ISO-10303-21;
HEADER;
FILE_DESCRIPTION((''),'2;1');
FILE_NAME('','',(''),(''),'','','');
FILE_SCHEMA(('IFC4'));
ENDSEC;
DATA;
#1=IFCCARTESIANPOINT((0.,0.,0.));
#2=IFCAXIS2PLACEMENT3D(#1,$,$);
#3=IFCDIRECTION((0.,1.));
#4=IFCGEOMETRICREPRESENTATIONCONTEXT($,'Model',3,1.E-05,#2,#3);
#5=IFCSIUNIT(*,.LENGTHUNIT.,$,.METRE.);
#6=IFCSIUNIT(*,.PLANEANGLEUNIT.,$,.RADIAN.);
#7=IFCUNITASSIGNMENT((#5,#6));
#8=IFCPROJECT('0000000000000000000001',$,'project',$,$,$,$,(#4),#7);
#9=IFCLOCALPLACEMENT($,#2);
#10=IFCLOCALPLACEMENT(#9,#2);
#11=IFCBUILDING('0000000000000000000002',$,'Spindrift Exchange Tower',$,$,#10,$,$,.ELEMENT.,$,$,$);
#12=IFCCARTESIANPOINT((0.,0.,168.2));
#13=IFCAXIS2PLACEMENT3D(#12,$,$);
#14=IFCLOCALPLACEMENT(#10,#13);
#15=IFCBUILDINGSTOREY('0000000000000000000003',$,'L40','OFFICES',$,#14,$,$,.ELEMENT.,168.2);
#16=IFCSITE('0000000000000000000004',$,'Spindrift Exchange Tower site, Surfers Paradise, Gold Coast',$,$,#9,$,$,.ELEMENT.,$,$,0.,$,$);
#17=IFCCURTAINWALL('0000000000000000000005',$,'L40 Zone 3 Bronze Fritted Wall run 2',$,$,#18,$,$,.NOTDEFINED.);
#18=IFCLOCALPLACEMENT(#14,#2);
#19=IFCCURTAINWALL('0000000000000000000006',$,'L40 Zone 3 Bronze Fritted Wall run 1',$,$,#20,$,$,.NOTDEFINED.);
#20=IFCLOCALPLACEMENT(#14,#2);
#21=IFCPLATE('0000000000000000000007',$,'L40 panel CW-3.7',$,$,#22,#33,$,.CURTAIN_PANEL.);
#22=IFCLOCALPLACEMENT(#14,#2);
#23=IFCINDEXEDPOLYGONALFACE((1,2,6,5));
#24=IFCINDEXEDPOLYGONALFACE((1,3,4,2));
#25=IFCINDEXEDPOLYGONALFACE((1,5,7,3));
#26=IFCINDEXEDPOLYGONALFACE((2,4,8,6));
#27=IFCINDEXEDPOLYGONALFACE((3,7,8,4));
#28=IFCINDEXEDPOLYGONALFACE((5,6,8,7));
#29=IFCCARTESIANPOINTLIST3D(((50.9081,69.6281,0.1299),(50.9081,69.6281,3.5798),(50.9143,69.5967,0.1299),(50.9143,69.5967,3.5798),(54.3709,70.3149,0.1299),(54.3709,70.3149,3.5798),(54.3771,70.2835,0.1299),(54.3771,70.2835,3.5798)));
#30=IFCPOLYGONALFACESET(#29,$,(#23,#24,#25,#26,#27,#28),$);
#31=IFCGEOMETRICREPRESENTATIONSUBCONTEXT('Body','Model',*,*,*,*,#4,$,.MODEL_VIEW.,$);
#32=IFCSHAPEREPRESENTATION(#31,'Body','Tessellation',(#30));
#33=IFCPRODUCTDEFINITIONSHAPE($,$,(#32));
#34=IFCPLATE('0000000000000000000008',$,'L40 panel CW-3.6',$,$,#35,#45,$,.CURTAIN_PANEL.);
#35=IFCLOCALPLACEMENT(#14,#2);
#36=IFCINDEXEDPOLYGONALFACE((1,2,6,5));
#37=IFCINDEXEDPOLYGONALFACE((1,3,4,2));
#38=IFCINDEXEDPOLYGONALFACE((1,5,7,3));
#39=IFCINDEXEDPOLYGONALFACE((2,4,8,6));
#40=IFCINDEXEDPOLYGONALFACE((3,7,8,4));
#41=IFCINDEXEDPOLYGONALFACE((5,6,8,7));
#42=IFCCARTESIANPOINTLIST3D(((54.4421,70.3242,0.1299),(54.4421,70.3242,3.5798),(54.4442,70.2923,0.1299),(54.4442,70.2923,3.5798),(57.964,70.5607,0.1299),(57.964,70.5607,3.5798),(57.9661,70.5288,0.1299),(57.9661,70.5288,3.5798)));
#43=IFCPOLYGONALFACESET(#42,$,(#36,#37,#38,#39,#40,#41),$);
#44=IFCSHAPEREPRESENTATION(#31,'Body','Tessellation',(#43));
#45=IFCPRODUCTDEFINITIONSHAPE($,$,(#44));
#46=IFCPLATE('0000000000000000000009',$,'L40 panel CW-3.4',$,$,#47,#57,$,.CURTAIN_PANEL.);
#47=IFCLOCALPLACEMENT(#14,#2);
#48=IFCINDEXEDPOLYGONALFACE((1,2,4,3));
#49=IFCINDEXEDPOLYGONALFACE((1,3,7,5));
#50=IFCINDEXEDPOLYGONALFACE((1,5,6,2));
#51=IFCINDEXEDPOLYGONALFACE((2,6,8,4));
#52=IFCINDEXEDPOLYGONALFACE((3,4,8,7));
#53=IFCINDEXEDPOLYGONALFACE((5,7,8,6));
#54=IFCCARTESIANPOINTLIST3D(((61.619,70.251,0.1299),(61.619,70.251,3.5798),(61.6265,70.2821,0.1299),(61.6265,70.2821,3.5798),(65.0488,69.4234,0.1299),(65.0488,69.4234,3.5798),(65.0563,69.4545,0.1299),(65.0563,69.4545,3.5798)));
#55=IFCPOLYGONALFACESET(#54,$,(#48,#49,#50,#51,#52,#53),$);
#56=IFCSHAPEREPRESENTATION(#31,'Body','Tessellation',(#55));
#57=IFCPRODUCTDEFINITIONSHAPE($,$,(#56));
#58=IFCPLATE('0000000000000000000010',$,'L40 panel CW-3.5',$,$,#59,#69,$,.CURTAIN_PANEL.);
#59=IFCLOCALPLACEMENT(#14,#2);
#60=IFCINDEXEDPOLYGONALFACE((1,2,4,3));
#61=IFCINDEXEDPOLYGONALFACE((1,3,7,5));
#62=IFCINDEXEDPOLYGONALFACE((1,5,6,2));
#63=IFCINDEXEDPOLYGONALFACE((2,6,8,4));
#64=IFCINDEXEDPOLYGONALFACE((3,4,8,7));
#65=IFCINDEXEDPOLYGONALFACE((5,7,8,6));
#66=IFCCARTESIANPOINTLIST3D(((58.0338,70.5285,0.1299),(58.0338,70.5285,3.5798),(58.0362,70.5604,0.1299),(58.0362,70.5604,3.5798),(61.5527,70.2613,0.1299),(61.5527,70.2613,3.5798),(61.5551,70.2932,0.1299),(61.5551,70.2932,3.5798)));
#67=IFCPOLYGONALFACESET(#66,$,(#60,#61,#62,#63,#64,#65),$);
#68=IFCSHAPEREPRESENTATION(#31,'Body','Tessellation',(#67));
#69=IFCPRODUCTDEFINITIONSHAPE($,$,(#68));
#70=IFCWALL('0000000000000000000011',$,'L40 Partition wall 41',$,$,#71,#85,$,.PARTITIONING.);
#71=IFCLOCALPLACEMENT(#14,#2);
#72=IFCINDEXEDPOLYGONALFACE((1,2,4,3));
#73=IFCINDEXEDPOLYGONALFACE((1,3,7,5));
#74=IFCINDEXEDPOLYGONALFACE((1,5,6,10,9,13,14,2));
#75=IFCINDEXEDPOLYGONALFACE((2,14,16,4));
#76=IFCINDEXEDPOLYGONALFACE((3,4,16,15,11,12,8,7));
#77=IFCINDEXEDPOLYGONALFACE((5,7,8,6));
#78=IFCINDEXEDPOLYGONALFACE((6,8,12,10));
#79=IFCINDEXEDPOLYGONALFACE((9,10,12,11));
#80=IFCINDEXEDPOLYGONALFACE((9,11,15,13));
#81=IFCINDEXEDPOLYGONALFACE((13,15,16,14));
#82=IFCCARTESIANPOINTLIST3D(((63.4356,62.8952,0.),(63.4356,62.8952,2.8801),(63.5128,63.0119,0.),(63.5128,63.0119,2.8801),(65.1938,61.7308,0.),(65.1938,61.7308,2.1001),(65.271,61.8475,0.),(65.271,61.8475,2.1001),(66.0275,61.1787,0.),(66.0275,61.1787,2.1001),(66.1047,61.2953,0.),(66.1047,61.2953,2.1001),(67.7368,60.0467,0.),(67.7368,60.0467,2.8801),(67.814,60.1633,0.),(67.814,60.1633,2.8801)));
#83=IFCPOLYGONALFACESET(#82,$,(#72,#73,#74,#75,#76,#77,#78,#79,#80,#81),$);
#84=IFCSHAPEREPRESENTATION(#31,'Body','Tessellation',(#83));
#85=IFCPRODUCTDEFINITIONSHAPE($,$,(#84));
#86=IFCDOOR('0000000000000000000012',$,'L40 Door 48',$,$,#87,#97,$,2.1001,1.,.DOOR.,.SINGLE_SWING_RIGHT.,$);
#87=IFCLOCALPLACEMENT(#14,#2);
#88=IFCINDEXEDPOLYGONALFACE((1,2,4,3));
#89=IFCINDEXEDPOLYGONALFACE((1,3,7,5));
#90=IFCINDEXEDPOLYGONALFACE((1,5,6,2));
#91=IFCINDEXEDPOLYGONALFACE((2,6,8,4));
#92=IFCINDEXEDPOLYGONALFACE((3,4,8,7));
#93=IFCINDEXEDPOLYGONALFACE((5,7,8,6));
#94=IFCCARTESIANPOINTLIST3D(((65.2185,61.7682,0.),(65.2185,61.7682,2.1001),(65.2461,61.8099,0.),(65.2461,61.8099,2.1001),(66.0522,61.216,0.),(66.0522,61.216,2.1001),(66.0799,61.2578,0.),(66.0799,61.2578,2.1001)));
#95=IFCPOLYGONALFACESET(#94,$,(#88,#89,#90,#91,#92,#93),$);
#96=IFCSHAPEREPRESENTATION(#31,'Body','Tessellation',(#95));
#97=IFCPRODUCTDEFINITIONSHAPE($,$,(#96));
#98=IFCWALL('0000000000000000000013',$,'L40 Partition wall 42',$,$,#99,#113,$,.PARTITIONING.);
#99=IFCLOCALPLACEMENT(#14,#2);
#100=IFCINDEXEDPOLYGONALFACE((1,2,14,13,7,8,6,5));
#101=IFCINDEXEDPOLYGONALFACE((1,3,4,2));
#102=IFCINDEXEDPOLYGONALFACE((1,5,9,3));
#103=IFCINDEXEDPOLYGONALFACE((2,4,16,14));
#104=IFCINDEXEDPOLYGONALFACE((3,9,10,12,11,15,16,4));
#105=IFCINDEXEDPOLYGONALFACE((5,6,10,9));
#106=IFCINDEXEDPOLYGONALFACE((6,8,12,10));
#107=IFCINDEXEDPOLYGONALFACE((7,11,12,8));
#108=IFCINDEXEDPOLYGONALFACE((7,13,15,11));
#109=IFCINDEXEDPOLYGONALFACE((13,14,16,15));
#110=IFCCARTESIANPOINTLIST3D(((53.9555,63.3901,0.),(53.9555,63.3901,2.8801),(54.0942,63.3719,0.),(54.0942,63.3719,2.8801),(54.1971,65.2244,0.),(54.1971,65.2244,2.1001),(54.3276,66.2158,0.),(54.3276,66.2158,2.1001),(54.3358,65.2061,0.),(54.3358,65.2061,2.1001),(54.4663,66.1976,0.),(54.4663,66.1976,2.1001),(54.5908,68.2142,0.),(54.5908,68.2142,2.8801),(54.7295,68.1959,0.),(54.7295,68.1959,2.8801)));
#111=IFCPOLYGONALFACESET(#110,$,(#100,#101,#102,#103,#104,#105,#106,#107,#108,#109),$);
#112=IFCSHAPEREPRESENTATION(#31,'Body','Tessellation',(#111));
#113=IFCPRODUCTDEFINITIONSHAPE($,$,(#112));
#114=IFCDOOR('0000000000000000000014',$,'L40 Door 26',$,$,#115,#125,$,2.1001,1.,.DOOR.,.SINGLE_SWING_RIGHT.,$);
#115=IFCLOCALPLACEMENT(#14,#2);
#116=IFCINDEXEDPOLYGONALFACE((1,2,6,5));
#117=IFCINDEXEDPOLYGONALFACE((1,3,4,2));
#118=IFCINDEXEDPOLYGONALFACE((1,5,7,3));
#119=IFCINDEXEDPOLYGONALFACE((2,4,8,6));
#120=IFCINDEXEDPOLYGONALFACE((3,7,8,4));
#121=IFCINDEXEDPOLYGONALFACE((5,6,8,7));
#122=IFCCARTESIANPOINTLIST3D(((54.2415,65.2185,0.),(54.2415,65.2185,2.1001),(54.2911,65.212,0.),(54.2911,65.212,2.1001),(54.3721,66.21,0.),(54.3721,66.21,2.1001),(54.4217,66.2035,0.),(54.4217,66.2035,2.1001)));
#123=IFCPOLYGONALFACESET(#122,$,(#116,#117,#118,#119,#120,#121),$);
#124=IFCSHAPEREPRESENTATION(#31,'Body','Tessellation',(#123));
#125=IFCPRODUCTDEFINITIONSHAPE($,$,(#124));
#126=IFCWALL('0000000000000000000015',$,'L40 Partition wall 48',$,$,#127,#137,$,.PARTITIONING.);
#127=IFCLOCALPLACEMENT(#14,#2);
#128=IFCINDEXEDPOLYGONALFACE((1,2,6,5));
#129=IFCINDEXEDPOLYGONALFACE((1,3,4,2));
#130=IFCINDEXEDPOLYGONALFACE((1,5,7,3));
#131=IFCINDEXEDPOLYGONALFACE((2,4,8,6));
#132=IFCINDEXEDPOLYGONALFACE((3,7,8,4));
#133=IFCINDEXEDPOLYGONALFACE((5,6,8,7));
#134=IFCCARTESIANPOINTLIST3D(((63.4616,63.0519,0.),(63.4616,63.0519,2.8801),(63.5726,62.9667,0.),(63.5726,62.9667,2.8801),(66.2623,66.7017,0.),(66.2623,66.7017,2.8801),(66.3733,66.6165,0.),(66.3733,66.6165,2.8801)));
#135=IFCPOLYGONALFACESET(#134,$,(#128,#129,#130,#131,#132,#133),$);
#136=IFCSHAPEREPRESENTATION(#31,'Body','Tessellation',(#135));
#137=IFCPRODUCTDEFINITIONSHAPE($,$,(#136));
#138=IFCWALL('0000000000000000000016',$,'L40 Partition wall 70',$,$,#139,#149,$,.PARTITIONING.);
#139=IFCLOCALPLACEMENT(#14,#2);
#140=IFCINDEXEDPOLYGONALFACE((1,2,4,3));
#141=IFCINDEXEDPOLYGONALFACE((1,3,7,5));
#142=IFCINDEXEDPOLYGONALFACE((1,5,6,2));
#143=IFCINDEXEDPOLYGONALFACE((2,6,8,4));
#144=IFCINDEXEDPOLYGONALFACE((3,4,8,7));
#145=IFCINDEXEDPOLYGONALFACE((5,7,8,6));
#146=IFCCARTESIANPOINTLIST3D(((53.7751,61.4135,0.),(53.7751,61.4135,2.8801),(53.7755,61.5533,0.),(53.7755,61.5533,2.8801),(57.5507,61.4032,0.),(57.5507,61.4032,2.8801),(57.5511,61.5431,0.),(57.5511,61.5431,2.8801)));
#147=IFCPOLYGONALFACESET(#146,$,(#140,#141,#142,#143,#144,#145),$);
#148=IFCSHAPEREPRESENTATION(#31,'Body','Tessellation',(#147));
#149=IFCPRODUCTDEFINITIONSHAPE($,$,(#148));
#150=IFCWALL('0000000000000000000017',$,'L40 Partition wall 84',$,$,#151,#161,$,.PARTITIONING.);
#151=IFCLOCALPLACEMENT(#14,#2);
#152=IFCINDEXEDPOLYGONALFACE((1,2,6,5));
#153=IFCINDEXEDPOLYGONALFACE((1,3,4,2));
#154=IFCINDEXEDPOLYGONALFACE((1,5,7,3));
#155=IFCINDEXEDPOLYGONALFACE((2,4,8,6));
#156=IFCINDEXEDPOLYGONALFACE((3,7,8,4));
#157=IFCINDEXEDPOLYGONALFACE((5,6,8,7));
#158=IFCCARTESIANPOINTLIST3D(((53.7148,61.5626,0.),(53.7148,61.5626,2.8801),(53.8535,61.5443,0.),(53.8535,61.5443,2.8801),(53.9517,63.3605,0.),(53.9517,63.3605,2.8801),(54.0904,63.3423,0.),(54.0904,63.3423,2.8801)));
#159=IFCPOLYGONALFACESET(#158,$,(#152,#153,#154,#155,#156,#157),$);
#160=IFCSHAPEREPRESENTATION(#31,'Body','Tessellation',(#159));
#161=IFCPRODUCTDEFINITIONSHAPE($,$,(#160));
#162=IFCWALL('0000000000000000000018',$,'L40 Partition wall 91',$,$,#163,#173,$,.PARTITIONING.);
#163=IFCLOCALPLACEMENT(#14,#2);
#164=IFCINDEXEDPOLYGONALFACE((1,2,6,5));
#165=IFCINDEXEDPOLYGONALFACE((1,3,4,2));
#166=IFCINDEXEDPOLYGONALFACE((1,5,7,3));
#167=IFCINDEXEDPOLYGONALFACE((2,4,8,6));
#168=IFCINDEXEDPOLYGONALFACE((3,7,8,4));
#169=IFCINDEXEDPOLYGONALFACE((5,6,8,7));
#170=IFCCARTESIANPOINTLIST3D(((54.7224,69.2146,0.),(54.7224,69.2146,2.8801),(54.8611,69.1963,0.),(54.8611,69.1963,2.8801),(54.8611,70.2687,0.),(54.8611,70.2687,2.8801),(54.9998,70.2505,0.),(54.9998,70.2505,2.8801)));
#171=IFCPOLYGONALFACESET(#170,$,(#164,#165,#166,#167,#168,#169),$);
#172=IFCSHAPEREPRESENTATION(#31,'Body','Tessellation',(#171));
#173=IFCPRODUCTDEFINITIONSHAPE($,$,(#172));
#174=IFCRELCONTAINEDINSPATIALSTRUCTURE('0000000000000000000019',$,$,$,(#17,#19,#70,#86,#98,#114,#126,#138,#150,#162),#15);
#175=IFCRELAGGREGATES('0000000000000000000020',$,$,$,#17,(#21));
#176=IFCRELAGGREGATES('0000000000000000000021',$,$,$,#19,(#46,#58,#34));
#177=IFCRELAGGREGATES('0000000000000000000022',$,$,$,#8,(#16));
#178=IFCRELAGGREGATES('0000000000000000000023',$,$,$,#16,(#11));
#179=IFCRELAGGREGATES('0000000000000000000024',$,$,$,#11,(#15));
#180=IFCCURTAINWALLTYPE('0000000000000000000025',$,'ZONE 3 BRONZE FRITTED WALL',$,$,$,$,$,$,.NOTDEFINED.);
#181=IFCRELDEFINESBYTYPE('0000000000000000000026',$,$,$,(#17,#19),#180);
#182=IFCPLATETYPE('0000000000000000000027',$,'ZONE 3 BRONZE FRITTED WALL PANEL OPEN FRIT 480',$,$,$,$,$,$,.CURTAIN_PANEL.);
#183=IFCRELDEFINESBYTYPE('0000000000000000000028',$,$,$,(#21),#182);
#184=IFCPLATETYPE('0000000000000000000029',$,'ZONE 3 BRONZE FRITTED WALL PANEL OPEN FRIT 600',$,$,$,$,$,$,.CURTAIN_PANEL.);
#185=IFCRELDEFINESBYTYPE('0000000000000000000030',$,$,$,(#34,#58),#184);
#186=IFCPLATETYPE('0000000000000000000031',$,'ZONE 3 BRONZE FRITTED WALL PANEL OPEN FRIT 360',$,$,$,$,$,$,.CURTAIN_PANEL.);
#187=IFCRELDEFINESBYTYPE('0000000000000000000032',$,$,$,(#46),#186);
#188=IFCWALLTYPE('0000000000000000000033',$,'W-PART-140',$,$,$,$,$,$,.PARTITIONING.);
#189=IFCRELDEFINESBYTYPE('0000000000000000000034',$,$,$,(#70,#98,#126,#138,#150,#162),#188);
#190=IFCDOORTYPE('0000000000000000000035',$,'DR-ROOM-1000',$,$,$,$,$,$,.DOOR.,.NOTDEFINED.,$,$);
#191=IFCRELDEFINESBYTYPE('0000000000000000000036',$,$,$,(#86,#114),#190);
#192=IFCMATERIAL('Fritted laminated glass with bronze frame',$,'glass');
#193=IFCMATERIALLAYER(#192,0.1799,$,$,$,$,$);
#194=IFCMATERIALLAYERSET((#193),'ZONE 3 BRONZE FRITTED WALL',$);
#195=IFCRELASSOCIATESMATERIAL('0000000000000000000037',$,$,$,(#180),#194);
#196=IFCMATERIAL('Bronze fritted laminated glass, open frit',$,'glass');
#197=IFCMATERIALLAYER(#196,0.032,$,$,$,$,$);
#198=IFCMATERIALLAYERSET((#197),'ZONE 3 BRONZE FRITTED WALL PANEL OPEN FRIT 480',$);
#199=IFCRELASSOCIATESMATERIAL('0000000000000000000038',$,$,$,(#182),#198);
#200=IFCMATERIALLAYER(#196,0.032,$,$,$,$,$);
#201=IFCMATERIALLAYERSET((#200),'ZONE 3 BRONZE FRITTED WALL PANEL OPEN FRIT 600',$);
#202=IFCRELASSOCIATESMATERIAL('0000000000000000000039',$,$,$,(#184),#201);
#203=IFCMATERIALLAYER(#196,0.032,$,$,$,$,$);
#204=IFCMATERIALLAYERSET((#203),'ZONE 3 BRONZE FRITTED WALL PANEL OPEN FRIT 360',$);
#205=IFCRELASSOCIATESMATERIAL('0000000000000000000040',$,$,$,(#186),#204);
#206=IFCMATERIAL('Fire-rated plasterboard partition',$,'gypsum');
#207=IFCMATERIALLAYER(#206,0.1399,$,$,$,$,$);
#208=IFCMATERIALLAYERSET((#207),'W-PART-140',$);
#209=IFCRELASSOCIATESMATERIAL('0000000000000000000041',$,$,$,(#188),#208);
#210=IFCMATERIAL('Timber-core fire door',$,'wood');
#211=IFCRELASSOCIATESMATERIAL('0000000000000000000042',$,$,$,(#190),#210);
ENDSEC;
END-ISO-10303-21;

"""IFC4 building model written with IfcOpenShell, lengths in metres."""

from ifc_helpers import new_model, si_unit, direction, frame, frame_2d, origin, origin_2d, place, context, subcontext, project, spatial, rectangle, extrude, source, transform, mapped, material, layer, layer_set, type_object, element, fill, aggregate, save


model = new_model("IFC4")

# Units and contexts
model_context = context("Model", 3, precision=1e-05, world=origin(), true_north=direction((0.0, 1.0)))
body_context = subcontext(model_context, "Body", "Model", "MODEL_VIEW")
ifc_project = project(units=[si_unit("LENGTHUNIT", "METRE"), si_unit("PLANEANGLEUNIT", "RADIAN")], contexts=[model_context])

# Site, building, storey
site_placement = place(None, origin())
site = spatial("IfcSite", under=ifc_project, at=site_placement, Name="Spindrift Exchange Tower site, Surfers Paradise, Gold Coast", CompositionType="ELEMENT", RefElevation=0.0)
building_placement = place(site_placement, origin())
building = spatial("IfcBuilding", under=site, at=building_placement, Name="Spindrift Exchange Tower", CompositionType="ELEMENT")
storey_placement = place(building_placement, frame((0.0, 0.0, 168.2)))
storey = spatial("IfcBuildingStorey", under=building, at=storey_placement, Name="L40", Description="OFFICES", CompositionType="ELEMENT", Elevation=168.2)

# Curtain wall
ifc_material_1 = material(Name="Fritted laminated glass with bronze frame", Category="glass")
ifc_layer_1 = layer(ifc_material_1, 0.1799)
ifc_layer_set_1 = layer_set([ifc_layer_1], Name="ZONE 3 BRONZE FRITTED WALL")
curtain_wall_type = type_object("IfcCurtainWallType", Name="ZONE 3 BRONZE FRITTED WALL", PredefinedType="NOTDEFINED", material=ifc_layer_set_1)
curtain_wall_1_placement = place(storey_placement, origin())
curtain_wall_1 = element("IfcCurtainWall", 1, at=curtain_wall_1_placement, inside=storey, type_object=curtain_wall_type, Name="L40 Zone 3 Bronze Fritted Wall run 2", PredefinedType="NOTDEFINED")

# Curtain wall
curtain_wall_2_placement = place(storey_placement, origin())
curtain_wall_2 = element("IfcCurtainWall", 2, at=curtain_wall_2_placement, inside=storey, type_object=curtain_wall_type, Name="L40 Zone 3 Bronze Fritted Wall run 1", PredefinedType="NOTDEFINED")

# Plates
ifc_material_2 = material(Name="Bronze fritted laminated glass, open frit", Category="glass")
ifc_layer_2 = layer(ifc_material_2, 0.032)
ifc_layer_set_2 = layer_set([ifc_layer_2], Name="ZONE 3 BRONZE FRITTED WALL PANEL OPEN FRIT 480")
plate_type_1 = type_object("IfcPlateType", Name="ZONE 3 BRONZE FRITTED WALL PANEL OPEN FRIT 480", PredefinedType="CURTAIN_PANEL", material=ifc_layer_set_2)
shared_shape_1 = source(origin(), body_context, "Body", "SweptSolid", [
    extrude(rectangle(XDim=3.5303, YDim=0.032, at=origin_2d()), origin(), (0.0, 0.0, 1.0), 3.45),
])
plate_1_placement = place(storey_placement, frame((52.6426, 69.9558, 0.1299), z_axis=(0.0, 0.0, 1.0), x_axis=(-0.980894, -0.194541, 0.0)))
plate_1 = element("IfcPlate", 3, at=plate_1_placement, type_object=plate_type_1, Name="L40 panel CW-3.7", PredefinedType="CURTAIN_PANEL", context=body_context, shape_type="MappedRepresentation", body=[
    mapped(shared_shape_1, transform((0.0, 0.0, 0.0), scale=1.0)),
])
aggregate(curtain_wall_1, [plate_1])
ifc_layer_3 = layer(ifc_material_2, 0.032)
ifc_layer_set_3 = layer_set([ifc_layer_3], Name="ZONE 3 BRONZE FRITTED WALL PANEL OPEN FRIT 600")
plate_type_2 = type_object("IfcPlateType", Name="ZONE 3 BRONZE FRITTED WALL PANEL OPEN FRIT 600", PredefinedType="CURTAIN_PANEL", material=ifc_layer_set_3)
shared_shape_2 = source(origin(), body_context, "Body", "SweptSolid", [
    extrude(rectangle(XDim=3.5298, YDim=0.032, at=origin_2d()), origin(), (0.0, 0.0, 1.0), 3.45),
])
plate_2_placement = place(storey_placement, frame((56.2041, 70.4265, 0.1299), z_axis=(0.0, 0.0, 1.0), x_axis=(-0.997753, -0.067002, 0.0)))
plate_2 = element("IfcPlate", 4, at=plate_2_placement, type_object=plate_type_2, Name="L40 panel CW-3.6", PredefinedType="CURTAIN_PANEL", context=body_context, shape_type="MappedRepresentation", body=[
    mapped(shared_shape_2, transform((0.0, 0.0, 0.0), scale=1.0)),
])
ifc_layer_4 = layer(ifc_material_2, 0.032)
ifc_layer_set_4 = layer_set([ifc_layer_4], Name="ZONE 3 BRONZE FRITTED WALL PANEL OPEN FRIT 360")
plate_type_3 = type_object("IfcPlateType", Name="ZONE 3 BRONZE FRITTED WALL PANEL OPEN FRIT 360", PredefinedType="CURTAIN_PANEL", material=ifc_layer_set_4)
shared_shape_3 = source(origin(), body_context, "Body", "SweptSolid", [
    extrude(rectangle(XDim=3.5283, YDim=0.032, at=origin_2d()), origin(), (0.0, 0.0, 1.0), 3.45),
])
plate_3_placement = place(storey_placement, frame((63.3376, 69.8528, 0.1299), z_axis=(0.0, 0.0, 1.0), x_axis=(-0.972101, 0.234562, 0.0)))
plate_3 = element("IfcPlate", 5, at=plate_3_placement, type_object=plate_type_3, Name="L40 panel CW-3.4", PredefinedType="CURTAIN_PANEL", context=body_context, shape_type="MappedRepresentation", body=[
    mapped(shared_shape_3, transform((0.0, 0.0, 0.0), scale=1.0)),
])
shared_shape_4 = source(origin(), body_context, "Body", "SweptSolid", [
    extrude(rectangle(XDim=3.5291, YDim=0.032, at=origin_2d()), origin(), (0.0, 0.0, 1.0), 3.45),
])
plate_4_placement = place(storey_placement, frame((59.7944, 70.4109, 0.1299), z_axis=(0.0, 0.0, 1.0), x_axis=(-0.99713, 0.075715, 0.0)))
plate_4 = element("IfcPlate", 6, at=plate_4_placement, type_object=plate_type_2, Name="L40 panel CW-3.5", PredefinedType="CURTAIN_PANEL", context=body_context, shape_type="MappedRepresentation", body=[
    mapped(shared_shape_4, transform((0.0, 0.0, 0.0), scale=1.0)),
])
aggregate(curtain_wall_2, [plate_3, plate_4, plate_2])

# Walls, openings, doors
ifc_material_3 = material(Name="Fire-rated plasterboard partition", Category="gypsum")
ifc_layer_5 = layer(ifc_material_3, 0.1399)
ifc_layer_set_5 = layer_set([ifc_layer_5], Name="W-PART-140")
wall_type = type_object("IfcWallType", Name="W-PART-140", PredefinedType="PARTITIONING", material=ifc_layer_set_5)
wall_1_placement = place(storey_placement, frame((63.4741, 62.9536, 0.0), z_axis=(0.0, 0.0, 1.0), x_axis=(0.833736, -0.552164, 0.0)))
wall_1 = element("IfcWall", 7, at=wall_1_placement, inside=storey, type_object=wall_type, Name="L40 Partition wall 41", PredefinedType="PARTITIONING", context=body_context, shape_type="SweptSolid", body=[
    extrude(rectangle(XDim=5.1589, YDim=0.1399, at=frame_2d((2.5796, 0.0))), origin(), (0.0, 0.0, 1.0), 2.8801),
])
opening_1_placement = place(wall_1_placement, frame((2.1089, 0.0, 0.0)))
opening_1 = element("IfcOpeningElement", 8, at=opening_1_placement, cuts=wall_1, PredefinedType="OPENING", context=body_context, shape_type="SweptSolid", body=[
    extrude(rectangle(XDim=1.0, YDim=2.1001, at=frame_2d((0.5, 1.05))), frame((0.0, 0.0798, 0.0), z_axis=(0.0, -1.0, 0.0), x_axis=(1.0, 0.0, 0.0)), (0.0, 0.0, 1.0), 0.1599),
])
ifc_material_4 = material(Name="Timber-core fire door", Category="wood")
door_type = type_object("IfcDoorType", Name="DR-ROOM-1000", OperationType="NOTDEFINED", PredefinedType="DOOR", material=ifc_material_4)
shared_shape_5 = source(origin(), body_context, "Body", "SweptSolid", [
    extrude(rectangle(XDim=1.0, YDim=2.1001, at=frame_2d((0.5, 1.05))), frame((0.0, 0.0249, 0.0), z_axis=(0.0, -1.0, 0.0), x_axis=(1.0, 0.0, 0.0)), (0.0, 0.0, 1.0), 0.05),
])
door_1_placement = place(opening_1_placement, origin())
door_1 = element("IfcDoor", 9, at=door_1_placement, inside=storey, type_object=door_type, Name="L40 Door 48", OperationType="SINGLE_SWING_RIGHT", OverallHeight=2.1001, OverallWidth=1.0, PredefinedType="DOOR", context=body_context, shape_type="MappedRepresentation", body=[
    mapped(shared_shape_5, transform((0.0, 0.0, 0.0), scale=1.0)),
])
fill(opening_1, door_1)
wall_2_placement = place(storey_placement, frame((54.6602, 68.2051, 0.0), z_axis=(0.0, 0.0, 1.0), x_axis=(-0.13056, -0.99144, 0.0)))
wall_2 = element("IfcWall", 10, at=wall_2_placement, inside=storey, type_object=wall_type, Name="L40 Partition wall 42", PredefinedType="PARTITIONING", context=body_context, shape_type="SweptSolid", body=[
    extrude(rectangle(XDim=4.8657, YDim=0.1399, at=frame_2d((2.4329, 0.0))), origin(), (0.0, 0.0, 1.0), 2.8801),
])
opening_2_placement = place(wall_2_placement, frame((2.0156, 0.0, 0.0)))
opening_2 = element("IfcOpeningElement", 11, at=opening_2_placement, cuts=wall_2, PredefinedType="OPENING", context=body_context, shape_type="SweptSolid", body=[
    extrude(rectangle(XDim=1.0, YDim=2.1001, at=frame_2d((0.5, 1.05))), frame((0.0, 0.0798, 0.0), z_axis=(0.0, -1.0, 0.0), x_axis=(1.0, 0.0, 0.0)), (0.0, 0.0, 1.0), 0.1599),
])
door_2_placement = place(opening_2_placement, origin())
door_2 = element("IfcDoor", 12, at=door_2_placement, inside=storey, type_object=door_type, Name="L40 Door 26", OperationType="SINGLE_SWING_RIGHT", OverallHeight=2.1001, OverallWidth=1.0, PredefinedType="DOOR", context=body_context, shape_type="MappedRepresentation", body=[
    mapped(shared_shape_5, transform((0.0, 0.0, 0.0), scale=1.0)),
])
fill(opening_2, door_2)

# Walls
wall_3_placement = place(storey_placement, frame((63.5171, 63.0093, 0.0), z_axis=(0.0, 0.0, 1.0), x_axis=(0.608777, 0.793342, 0.0)))
element("IfcWall", 13, at=wall_3_placement, inside=storey, type_object=wall_type, Name="L40 Partition wall 48", PredefinedType="PARTITIONING", context=body_context, shape_type="SweptSolid", body=[
    extrude(rectangle(XDim=4.6006, YDim=0.1399, at=frame_2d((2.3003, 0.0))), origin(), (0.0, 0.0, 1.0), 2.8801),
])
wall_4_placement = place(storey_placement, frame((57.5508, 61.4731, 0.0), z_axis=(0.0, 0.0, 1.0), x_axis=(-0.999996, 0.002716, 0.0)))
element("IfcWall", 14, at=wall_4_placement, inside=storey, type_object=wall_type, Name="L40 Partition wall 70", PredefinedType="PARTITIONING", context=body_context, shape_type="SweptSolid", body=[
    extrude(rectangle(XDim=3.7756, YDim=0.1399, at=frame_2d((1.8877, 0.0))), origin(), (0.0, 0.0, 1.0), 2.8801),
])
wall_5_placement = place(storey_placement, frame((53.7842, 61.5535, 0.0), z_axis=(0.0, 0.0, 1.0), x_axis=(0.130594, 0.991436, 0.0)))
element("IfcWall", 15, at=wall_5_placement, inside=storey, type_object=wall_type, Name="L40 Partition wall 84", PredefinedType="PARTITIONING", context=body_context, shape_type="SweptSolid", body=[
    extrude(rectangle(XDim=1.8135, YDim=0.1399, at=frame_2d((0.9067, 0.0))), origin(), (0.0, 0.0, 1.0), 2.8801),
])
wall_6_placement = place(storey_placement, frame((54.7917, 69.2053, 0.0), z_axis=(0.0, 0.0, 1.0), x_axis=(0.130419, 0.991459, 0.0)))
element("IfcWall", 16, at=wall_6_placement, inside=storey, type_object=wall_type, Name="L40 Partition wall 91", PredefinedType="PARTITIONING", context=body_context, shape_type="SweptSolid", body=[
    extrude(rectangle(XDim=1.0632, YDim=0.1399, at=frame_2d((0.5317, 0.0))), origin(), (0.0, 0.0, 1.0), 2.8801),
])

save(model, "model.ifc")
